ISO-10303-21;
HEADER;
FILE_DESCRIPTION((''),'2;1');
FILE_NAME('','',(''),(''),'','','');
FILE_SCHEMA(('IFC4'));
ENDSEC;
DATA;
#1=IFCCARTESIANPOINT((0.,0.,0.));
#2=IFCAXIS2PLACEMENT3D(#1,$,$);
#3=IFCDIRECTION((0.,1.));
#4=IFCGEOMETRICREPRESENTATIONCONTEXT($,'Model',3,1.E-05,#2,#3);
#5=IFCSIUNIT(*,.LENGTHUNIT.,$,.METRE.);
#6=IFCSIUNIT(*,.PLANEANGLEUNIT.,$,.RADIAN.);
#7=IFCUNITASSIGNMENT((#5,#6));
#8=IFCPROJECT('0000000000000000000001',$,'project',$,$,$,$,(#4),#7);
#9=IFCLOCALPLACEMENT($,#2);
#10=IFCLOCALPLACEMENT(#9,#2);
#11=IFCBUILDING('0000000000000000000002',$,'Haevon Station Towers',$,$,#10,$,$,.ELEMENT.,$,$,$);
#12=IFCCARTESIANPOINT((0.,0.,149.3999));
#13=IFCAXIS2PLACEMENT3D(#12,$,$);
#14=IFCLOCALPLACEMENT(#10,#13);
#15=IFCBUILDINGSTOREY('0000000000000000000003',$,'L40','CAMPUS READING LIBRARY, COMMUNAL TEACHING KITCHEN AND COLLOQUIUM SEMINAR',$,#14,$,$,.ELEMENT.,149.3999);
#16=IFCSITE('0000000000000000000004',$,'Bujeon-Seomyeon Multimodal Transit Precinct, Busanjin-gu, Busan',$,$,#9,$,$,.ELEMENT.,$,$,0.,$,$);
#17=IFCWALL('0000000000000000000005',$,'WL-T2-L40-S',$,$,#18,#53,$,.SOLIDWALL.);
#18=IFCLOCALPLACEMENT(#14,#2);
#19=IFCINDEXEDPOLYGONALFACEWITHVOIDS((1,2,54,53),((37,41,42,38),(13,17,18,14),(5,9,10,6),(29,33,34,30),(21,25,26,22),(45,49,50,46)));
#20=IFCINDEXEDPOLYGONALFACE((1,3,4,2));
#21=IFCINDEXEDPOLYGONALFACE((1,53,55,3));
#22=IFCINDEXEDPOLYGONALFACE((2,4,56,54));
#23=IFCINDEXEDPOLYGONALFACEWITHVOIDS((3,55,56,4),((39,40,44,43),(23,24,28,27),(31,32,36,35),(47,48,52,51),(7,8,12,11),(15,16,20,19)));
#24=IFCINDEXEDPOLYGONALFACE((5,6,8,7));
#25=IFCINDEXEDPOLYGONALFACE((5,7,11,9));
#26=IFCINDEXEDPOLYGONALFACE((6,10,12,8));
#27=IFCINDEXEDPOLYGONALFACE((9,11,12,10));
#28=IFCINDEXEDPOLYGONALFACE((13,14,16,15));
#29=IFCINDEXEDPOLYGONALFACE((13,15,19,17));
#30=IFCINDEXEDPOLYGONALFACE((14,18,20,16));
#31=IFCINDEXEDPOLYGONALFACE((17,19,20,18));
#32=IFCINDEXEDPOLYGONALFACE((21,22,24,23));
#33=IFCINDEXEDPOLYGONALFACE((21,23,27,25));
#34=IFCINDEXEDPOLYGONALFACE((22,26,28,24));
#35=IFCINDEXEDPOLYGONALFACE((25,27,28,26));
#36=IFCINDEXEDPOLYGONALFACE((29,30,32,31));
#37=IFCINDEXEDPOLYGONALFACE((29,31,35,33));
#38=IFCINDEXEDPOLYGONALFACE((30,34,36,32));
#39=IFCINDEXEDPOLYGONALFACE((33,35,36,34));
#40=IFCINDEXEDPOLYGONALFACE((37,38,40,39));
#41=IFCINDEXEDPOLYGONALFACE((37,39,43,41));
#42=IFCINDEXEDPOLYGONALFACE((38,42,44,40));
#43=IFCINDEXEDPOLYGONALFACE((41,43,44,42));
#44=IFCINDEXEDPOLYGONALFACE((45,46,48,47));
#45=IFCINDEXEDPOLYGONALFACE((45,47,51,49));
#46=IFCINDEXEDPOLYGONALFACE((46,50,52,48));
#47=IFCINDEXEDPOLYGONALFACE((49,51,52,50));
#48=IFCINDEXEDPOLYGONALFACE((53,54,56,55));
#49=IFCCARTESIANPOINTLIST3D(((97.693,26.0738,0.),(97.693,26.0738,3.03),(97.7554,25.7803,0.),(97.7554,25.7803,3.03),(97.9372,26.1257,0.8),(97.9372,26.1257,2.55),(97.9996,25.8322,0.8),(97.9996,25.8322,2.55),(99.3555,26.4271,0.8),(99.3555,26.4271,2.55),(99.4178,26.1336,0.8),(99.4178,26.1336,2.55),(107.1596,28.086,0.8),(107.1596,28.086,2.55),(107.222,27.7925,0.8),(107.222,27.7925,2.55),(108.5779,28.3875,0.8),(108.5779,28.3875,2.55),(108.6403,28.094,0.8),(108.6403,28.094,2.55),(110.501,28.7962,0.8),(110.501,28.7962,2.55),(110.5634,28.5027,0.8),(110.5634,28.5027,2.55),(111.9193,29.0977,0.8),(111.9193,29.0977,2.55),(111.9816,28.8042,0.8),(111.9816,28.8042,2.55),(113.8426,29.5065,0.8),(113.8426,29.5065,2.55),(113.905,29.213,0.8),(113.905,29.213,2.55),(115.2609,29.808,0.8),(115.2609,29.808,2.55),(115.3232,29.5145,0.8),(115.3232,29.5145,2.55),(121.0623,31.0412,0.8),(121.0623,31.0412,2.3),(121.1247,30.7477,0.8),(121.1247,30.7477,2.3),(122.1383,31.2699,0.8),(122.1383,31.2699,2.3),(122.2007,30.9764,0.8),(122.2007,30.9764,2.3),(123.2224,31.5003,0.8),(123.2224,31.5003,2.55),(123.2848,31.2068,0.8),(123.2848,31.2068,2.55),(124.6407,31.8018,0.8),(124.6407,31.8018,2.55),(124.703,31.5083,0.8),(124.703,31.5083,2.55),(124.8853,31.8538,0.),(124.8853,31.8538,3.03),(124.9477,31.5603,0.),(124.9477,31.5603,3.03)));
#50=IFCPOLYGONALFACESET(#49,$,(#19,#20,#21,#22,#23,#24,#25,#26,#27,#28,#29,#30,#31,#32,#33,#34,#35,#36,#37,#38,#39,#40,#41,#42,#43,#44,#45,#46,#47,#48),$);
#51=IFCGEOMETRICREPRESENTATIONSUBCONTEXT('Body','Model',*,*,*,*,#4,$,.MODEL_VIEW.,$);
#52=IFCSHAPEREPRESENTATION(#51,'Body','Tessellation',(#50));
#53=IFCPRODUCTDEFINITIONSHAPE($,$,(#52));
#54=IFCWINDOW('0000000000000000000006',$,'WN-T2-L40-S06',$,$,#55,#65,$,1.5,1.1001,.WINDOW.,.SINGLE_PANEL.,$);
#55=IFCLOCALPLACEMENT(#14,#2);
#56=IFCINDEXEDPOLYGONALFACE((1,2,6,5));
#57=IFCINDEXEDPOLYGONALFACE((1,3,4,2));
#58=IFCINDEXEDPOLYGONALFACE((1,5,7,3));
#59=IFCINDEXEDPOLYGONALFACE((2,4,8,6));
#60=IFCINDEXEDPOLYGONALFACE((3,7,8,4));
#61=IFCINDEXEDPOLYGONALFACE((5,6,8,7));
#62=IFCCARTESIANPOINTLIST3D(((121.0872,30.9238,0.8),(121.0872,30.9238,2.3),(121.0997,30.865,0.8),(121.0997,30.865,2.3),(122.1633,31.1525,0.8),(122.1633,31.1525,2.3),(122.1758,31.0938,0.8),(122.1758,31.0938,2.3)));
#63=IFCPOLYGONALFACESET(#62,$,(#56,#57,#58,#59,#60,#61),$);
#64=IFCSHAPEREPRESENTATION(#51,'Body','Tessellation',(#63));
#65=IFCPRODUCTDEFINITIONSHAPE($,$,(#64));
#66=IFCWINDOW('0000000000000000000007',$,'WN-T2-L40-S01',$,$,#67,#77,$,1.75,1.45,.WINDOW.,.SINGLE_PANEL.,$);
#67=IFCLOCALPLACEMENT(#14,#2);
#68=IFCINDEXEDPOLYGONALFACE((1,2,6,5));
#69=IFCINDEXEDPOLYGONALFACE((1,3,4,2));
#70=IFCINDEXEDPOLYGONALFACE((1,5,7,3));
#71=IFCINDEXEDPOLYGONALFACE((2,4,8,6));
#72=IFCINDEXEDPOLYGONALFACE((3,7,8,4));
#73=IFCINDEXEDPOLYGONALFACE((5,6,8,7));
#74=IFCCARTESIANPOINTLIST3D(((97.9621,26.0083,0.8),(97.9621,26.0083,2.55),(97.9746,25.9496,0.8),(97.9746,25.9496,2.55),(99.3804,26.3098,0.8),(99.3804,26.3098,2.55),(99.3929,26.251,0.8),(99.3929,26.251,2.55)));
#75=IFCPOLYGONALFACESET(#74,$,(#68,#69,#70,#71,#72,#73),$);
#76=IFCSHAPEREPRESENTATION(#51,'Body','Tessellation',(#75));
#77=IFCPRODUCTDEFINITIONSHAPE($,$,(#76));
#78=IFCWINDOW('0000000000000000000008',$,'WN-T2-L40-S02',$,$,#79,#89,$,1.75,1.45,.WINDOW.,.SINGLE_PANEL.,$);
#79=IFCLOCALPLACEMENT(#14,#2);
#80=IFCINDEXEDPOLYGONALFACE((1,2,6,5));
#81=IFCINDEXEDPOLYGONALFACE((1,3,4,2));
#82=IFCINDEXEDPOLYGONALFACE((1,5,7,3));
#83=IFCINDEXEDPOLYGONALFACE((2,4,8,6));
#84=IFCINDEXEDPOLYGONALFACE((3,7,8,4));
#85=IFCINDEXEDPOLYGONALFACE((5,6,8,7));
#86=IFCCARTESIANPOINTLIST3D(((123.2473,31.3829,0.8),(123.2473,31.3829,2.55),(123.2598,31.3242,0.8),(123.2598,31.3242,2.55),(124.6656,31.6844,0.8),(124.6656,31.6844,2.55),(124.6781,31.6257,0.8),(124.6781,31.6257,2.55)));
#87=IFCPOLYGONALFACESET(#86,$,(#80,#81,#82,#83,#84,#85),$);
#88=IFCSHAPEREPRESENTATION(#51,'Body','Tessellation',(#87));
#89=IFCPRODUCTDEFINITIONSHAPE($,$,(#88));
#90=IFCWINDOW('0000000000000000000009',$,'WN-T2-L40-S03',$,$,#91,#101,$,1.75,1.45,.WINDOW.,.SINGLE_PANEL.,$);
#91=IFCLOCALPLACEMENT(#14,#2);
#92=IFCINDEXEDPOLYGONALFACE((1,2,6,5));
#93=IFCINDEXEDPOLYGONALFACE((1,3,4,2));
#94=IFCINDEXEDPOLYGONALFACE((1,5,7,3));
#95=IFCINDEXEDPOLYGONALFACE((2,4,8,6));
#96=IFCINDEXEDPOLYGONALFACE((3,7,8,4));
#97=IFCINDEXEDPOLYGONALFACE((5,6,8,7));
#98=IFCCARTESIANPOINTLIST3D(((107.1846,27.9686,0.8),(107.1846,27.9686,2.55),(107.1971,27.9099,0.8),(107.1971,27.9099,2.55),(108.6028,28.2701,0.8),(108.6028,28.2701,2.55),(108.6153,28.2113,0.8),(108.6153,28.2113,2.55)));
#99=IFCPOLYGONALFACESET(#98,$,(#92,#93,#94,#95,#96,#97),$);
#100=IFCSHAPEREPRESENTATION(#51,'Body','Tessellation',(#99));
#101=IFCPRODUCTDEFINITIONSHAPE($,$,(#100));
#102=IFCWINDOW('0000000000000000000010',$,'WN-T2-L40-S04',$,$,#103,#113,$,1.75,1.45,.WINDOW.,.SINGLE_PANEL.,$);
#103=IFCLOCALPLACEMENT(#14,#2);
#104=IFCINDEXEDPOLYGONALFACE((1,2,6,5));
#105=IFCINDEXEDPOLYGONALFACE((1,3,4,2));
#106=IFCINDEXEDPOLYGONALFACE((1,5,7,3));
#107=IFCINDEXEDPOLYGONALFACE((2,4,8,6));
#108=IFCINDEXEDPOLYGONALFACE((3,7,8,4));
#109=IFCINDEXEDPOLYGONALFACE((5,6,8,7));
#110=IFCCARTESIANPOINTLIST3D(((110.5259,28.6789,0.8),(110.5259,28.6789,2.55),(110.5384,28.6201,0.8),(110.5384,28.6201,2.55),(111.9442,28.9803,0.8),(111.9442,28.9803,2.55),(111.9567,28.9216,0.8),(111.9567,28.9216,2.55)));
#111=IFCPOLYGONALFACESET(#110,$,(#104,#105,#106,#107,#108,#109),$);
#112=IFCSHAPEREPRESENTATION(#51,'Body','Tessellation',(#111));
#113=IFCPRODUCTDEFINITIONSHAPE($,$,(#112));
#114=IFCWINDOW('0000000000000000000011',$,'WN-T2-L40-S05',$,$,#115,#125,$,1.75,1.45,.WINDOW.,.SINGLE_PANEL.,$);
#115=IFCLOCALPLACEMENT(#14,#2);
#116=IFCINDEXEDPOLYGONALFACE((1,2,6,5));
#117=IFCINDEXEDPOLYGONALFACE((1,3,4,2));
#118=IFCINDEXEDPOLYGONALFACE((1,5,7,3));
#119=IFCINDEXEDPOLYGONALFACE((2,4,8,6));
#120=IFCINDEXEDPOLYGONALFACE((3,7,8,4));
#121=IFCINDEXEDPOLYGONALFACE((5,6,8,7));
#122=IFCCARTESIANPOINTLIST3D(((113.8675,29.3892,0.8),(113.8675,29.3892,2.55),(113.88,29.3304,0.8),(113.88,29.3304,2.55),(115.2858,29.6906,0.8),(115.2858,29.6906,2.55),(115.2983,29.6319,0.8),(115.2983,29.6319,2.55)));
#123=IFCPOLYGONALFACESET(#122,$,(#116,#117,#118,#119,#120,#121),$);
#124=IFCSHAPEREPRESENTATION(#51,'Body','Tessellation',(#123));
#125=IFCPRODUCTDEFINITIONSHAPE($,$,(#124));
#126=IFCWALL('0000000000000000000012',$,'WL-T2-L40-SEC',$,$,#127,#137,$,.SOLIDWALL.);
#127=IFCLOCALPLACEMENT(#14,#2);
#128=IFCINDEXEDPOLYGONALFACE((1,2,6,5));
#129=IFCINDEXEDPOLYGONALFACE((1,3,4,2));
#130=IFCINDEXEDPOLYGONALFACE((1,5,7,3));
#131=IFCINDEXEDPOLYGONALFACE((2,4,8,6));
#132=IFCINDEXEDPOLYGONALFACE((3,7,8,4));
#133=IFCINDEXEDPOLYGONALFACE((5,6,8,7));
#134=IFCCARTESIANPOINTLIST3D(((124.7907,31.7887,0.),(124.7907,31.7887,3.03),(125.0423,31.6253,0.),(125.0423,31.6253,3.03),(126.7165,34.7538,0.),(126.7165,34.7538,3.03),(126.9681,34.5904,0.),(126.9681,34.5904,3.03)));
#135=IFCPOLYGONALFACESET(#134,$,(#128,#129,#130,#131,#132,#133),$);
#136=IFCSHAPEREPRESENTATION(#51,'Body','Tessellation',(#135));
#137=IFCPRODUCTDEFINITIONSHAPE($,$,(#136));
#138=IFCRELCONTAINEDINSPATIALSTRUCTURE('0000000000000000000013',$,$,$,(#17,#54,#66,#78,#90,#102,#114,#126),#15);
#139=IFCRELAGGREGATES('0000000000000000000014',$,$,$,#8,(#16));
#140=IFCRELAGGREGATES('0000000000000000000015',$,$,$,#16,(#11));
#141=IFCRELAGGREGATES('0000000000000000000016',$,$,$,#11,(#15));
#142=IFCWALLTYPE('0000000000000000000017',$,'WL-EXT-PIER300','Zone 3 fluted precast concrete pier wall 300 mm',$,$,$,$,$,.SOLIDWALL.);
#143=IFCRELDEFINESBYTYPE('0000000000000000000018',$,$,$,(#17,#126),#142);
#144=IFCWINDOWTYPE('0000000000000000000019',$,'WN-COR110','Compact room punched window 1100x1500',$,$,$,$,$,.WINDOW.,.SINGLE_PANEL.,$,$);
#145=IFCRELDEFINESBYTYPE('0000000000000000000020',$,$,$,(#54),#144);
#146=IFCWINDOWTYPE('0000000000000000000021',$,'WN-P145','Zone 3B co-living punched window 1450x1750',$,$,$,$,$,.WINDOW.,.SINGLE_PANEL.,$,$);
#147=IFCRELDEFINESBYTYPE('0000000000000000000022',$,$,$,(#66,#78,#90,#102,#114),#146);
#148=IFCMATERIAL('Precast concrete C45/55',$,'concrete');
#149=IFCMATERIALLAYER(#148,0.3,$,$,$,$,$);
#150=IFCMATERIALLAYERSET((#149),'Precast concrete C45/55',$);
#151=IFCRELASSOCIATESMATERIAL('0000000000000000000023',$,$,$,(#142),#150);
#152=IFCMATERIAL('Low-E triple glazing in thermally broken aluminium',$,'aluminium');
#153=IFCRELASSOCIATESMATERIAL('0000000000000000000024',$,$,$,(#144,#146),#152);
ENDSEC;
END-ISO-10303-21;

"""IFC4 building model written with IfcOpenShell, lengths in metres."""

from ifc_helpers import new_model, si_unit, direction, frame, frame_2d, origin, place, context, subcontext, project, spatial, rectangle, extrude, material, layer, layer_set, type_object, element, fill, save


model = new_model("IFC4")

# Units and contexts
model_context = context("Model", 3, precision=1e-05, world=origin(), true_north=direction((0.0, 1.0)))
body_context = subcontext(model_context, "Body", "Model", "MODEL_VIEW")
ifc_project = project(units=[si_unit("LENGTHUNIT", "METRE"), si_unit("PLANEANGLEUNIT", "RADIAN")], contexts=[model_context])

# Site, building, storey
site_placement = place(None, origin())
site = spatial("IfcSite", under=ifc_project, at=site_placement, Name="Bujeon-Seomyeon Multimodal Transit Precinct, Busanjin-gu, Busan", CompositionType="ELEMENT", RefElevation=0.0)
building_placement = place(site_placement, origin())
building = spatial("IfcBuilding", under=site, at=building_placement, Name="Haevon Station Towers", CompositionType="ELEMENT")
storey_placement = place(building_placement, frame((0.0, 0.0, 149.3999)))
storey = spatial("IfcBuildingStorey", under=building, at=storey_placement, Name="L40", Description="CAMPUS READING LIBRARY, COMMUNAL TEACHING KITCHEN AND COLLOQUIUM SEMINAR", CompositionType="ELEMENT", Elevation=149.3999)

# Wall, openings, windows
ifc_material_1 = material(Name="Precast concrete C45/55", Category="concrete")
ifc_layer_1 = layer(ifc_material_1, 0.3)
ifc_layer_set_1 = layer_set([ifc_layer_1], Name="Precast concrete C45/55")
wall_type_1 = type_object("IfcWallType", Name="WL-EXT-PIER300", Description="Zone 3 fluted precast concrete pier wall 300 mm", PredefinedType="SOLIDWALL", material=ifc_layer_set_1)
wall_1_placement = place(storey_placement, frame((124.9165, 31.707, 0.0), z_axis=(0.0, 0.0, 1.0), x_axis=(-0.978147, -0.207915, 0.0)))
wall_1 = element("IfcWall", 1, at=wall_1_placement, inside=storey, type_object=wall_type_1, Name="WL-T2-L40-S", PredefinedType="SOLIDWALL", context=body_context, shape_type="SweptSolid", body=[
    extrude(rectangle(XDim=27.7998, YDim=0.3, at=frame_2d((13.8999, 0.0))), origin(), (0.0, 0.0, 1.0), 3.03),
])
opening_1_placement = place(wall_1_placement, frame((26.1001, 0.0, 0.8)))
opening_1 = element("IfcOpeningElement", 2, at=opening_1_placement, cuts=wall_1, PredefinedType="OPENING", context=body_context, shape_type="SweptSolid", body=[
    extrude(rectangle(XDim=1.45, YDim=1.75, at=frame_2d((0.7251, 0.875))), frame((0.0, 0.1599, 0.0), z_axis=(0.0, -1.0, 0.0), x_axis=(1.0, 0.0, 0.0)), (0.0, 0.0, 1.0), 0.3201),
])
opening_2_placement = place(wall_1_placement, frame((0.25, 0.0, 0.8)))
opening_2 = element("IfcOpeningElement", 3, at=opening_2_placement, cuts=wall_1, PredefinedType="OPENING", context=body_context, shape_type="SweptSolid", body=[
    extrude(rectangle(XDim=1.45, YDim=1.75, at=frame_2d((0.7251, 0.875))), frame((0.0, 0.1599, 0.0), z_axis=(0.0, -1.0, 0.0), x_axis=(1.0, 0.0, 0.0)), (0.0, 0.0, 1.0), 0.3201),
])
opening_3_placement = place(wall_1_placement, frame((16.6716, 0.0, 0.8)))
opening_3 = element("IfcOpeningElement", 4, at=opening_3_placement, cuts=wall_1, PredefinedType="OPENING", context=body_context, shape_type="SweptSolid", body=[
    extrude(rectangle(XDim=1.45, YDim=1.75, at=frame_2d((0.7251, 0.875))), frame((0.0, 0.1599, 0.0), z_axis=(0.0, -1.0, 0.0), x_axis=(1.0, 0.0, 0.0)), (0.0, 0.0, 1.0), 0.3201),
])
opening_4_placement = place(wall_1_placement, frame((13.2556, 0.0, 0.8)))
opening_4 = element("IfcOpeningElement", 5, at=opening_4_placement, cuts=wall_1, PredefinedType="OPENING", context=body_context, shape_type="SweptSolid", body=[
    extrude(rectangle(XDim=1.45, YDim=1.75, at=frame_2d((0.7251, 0.875))), frame((0.0, 0.1599, 0.0), z_axis=(0.0, -1.0, 0.0), x_axis=(1.0, 0.0, 0.0)), (0.0, 0.0, 1.0), 0.3201),
])
opening_5_placement = place(wall_1_placement, frame((9.8394, 0.0, 0.8)))
opening_5 = element("IfcOpeningElement", 6, at=opening_5_placement, cuts=wall_1, PredefinedType="OPENING", context=body_context, shape_type="SweptSolid", body=[
    extrude(rectangle(XDim=1.45, YDim=1.75, at=frame_2d((0.7251, 0.875))), frame((0.0, 0.1599, 0.0), z_axis=(0.0, -1.0, 0.0), x_axis=(1.0, 0.0, 0.0)), (0.0, 0.0, 1.0), 0.3201),
])
opening_6_placement = place(wall_1_placement, frame((2.8083, 0.0, 0.8)))
opening_6 = element("IfcOpeningElement", 7, at=opening_6_placement, cuts=wall_1, PredefinedType="OPENING", context=body_context, shape_type="SweptSolid", body=[
    extrude(rectangle(XDim=1.1001, YDim=1.5, at=frame_2d((0.55, 0.75))), frame((0.0, 0.1599, 0.0), z_axis=(0.0, -1.0, 0.0), x_axis=(1.0, 0.0, 0.0)), (0.0, 0.0, 1.0), 0.3201),
])
ifc_material_2 = material(Name="Low-E triple glazing in thermally broken aluminium", Category="aluminium")
window_type_1 = type_object("IfcWindowType", Name="WN-COR110", Description="Compact room punched window 1100x1500", PartitioningType="SINGLE_PANEL", PredefinedType="WINDOW", material=ifc_material_2)
window_1_placement = place(opening_6_placement, origin())
window_1 = element("IfcWindow", 8, at=window_1_placement, inside=storey, type_object=window_type_1, Name="WN-T2-L40-S06", OverallHeight=1.5, OverallWidth=1.1001, PartitioningType="SINGLE_PANEL", PredefinedType="WINDOW", context=body_context, shape_type="SweptSolid", body=[
    extrude(rectangle(XDim=1.1001, YDim=1.5, at=frame_2d((0.55, 0.75))), frame((0.0, 0.03, 0.0), z_axis=(0.0, -1.0, 0.0), x_axis=(1.0, 0.0, 0.0)), (0.0, 0.0, 1.0), 0.0601),
])
fill(opening_6, window_1)
window_type_2 = type_object("IfcWindowType", Name="WN-P145", Description="Zone 3B co-living punched window 1450x1750", PartitioningType="SINGLE_PANEL", PredefinedType="WINDOW", material=ifc_material_2)
window_2_placement = place(opening_1_placement, origin())
window_2 = element("IfcWindow", 9, at=window_2_placement, inside=storey, type_object=window_type_2, Name="WN-T2-L40-S01", OverallHeight=1.75, OverallWidth=1.45, PartitioningType="SINGLE_PANEL", PredefinedType="WINDOW", context=body_context, shape_type="SweptSolid", body=[
    extrude(rectangle(XDim=1.45, YDim=1.75, at=frame_2d((0.7251, 0.875))), frame((0.0, 0.03, 0.0), z_axis=(0.0, -1.0, 0.0), x_axis=(1.0, 0.0, 0.0)), (0.0, 0.0, 1.0), 0.0601),
])
fill(opening_1, window_2)
window_3_placement = place(opening_2_placement, origin())
window_3 = element("IfcWindow", 10, at=window_3_placement, inside=storey, type_object=window_type_2, Name="WN-T2-L40-S02", OverallHeight=1.75, OverallWidth=1.45, PartitioningType="SINGLE_PANEL", PredefinedType="WINDOW", context=body_context, shape_type="SweptSolid", body=[
    extrude(rectangle(XDim=1.45, YDim=1.75, at=frame_2d((0.7251, 0.875))), frame((0.0, 0.03, 0.0), z_axis=(0.0, -1.0, 0.0), x_axis=(1.0, 0.0, 0.0)), (0.0, 0.0, 1.0), 0.0601),
])
fill(opening_2, window_3)
window_4_placement = place(opening_3_placement, origin())
window_4 = element("IfcWindow", 11, at=window_4_placement, inside=storey, type_object=window_type_2, Name="WN-T2-L40-S03", OverallHeight=1.75, OverallWidth=1.45, PartitioningType="SINGLE_PANEL", PredefinedType="WINDOW", context=body_context, shape_type="SweptSolid", body=[
    extrude(rectangle(XDim=1.45, YDim=1.75, at=frame_2d((0.7251, 0.875))), frame((0.0, 0.03, 0.0), z_axis=(0.0, -1.0, 0.0), x_axis=(1.0, 0.0, 0.0)), (0.0, 0.0, 1.0), 0.0601),
])
fill(opening_3, window_4)
window_5_placement = place(opening_4_placement, origin())
window_5 = element("IfcWindow", 12, at=window_5_placement, inside=storey, type_object=window_type_2, Name="WN-T2-L40-S04", OverallHeight=1.75, OverallWidth=1.45, PartitioningType="SINGLE_PANEL", PredefinedType="WINDOW", context=body_context, shape_type="SweptSolid", body=[
    extrude(rectangle(XDim=1.45, YDim=1.75, at=frame_2d((0.7251, 0.875))), frame((0.0, 0.03, 0.0), z_axis=(0.0, -1.0, 0.0), x_axis=(1.0, 0.0, 0.0)), (0.0, 0.0, 1.0), 0.0601),
])
fill(opening_4, window_5)
window_6_placement = place(opening_5_placement, origin())
window_6 = element("IfcWindow", 13, at=window_6_placement, inside=storey, type_object=window_type_2, Name="WN-T2-L40-S05", OverallHeight=1.75, OverallWidth=1.45, PartitioningType="SINGLE_PANEL", PredefinedType="WINDOW", context=body_context, shape_type="SweptSolid", body=[
    extrude(rectangle(XDim=1.45, YDim=1.75, at=frame_2d((0.7251, 0.875))), frame((0.0, 0.03, 0.0), z_axis=(0.0, -1.0, 0.0), x_axis=(1.0, 0.0, 0.0)), (0.0, 0.0, 1.0), 0.0601),
])
fill(opening_5, window_6)

# Wall
wall_2_placement = place(storey_placement, frame((126.8423, 34.6721, 0.0), z_axis=(0.0, 0.0, 1.0), x_axis=(-0.544685, -0.838641, 0.0)))
element("IfcWall", 14, at=wall_2_placement, inside=storey, type_object=wall_type_1, Name="WL-T2-L40-SEC", PredefinedType="SOLIDWALL", context=body_context, shape_type="SweptSolid", body=[
    extrude(rectangle(XDim=3.5356, YDim=0.3, at=frame_2d((1.7678, 0.0))), origin(), (0.0, 0.0, 1.0), 3.03),
])

save(model, "model.ifc")
